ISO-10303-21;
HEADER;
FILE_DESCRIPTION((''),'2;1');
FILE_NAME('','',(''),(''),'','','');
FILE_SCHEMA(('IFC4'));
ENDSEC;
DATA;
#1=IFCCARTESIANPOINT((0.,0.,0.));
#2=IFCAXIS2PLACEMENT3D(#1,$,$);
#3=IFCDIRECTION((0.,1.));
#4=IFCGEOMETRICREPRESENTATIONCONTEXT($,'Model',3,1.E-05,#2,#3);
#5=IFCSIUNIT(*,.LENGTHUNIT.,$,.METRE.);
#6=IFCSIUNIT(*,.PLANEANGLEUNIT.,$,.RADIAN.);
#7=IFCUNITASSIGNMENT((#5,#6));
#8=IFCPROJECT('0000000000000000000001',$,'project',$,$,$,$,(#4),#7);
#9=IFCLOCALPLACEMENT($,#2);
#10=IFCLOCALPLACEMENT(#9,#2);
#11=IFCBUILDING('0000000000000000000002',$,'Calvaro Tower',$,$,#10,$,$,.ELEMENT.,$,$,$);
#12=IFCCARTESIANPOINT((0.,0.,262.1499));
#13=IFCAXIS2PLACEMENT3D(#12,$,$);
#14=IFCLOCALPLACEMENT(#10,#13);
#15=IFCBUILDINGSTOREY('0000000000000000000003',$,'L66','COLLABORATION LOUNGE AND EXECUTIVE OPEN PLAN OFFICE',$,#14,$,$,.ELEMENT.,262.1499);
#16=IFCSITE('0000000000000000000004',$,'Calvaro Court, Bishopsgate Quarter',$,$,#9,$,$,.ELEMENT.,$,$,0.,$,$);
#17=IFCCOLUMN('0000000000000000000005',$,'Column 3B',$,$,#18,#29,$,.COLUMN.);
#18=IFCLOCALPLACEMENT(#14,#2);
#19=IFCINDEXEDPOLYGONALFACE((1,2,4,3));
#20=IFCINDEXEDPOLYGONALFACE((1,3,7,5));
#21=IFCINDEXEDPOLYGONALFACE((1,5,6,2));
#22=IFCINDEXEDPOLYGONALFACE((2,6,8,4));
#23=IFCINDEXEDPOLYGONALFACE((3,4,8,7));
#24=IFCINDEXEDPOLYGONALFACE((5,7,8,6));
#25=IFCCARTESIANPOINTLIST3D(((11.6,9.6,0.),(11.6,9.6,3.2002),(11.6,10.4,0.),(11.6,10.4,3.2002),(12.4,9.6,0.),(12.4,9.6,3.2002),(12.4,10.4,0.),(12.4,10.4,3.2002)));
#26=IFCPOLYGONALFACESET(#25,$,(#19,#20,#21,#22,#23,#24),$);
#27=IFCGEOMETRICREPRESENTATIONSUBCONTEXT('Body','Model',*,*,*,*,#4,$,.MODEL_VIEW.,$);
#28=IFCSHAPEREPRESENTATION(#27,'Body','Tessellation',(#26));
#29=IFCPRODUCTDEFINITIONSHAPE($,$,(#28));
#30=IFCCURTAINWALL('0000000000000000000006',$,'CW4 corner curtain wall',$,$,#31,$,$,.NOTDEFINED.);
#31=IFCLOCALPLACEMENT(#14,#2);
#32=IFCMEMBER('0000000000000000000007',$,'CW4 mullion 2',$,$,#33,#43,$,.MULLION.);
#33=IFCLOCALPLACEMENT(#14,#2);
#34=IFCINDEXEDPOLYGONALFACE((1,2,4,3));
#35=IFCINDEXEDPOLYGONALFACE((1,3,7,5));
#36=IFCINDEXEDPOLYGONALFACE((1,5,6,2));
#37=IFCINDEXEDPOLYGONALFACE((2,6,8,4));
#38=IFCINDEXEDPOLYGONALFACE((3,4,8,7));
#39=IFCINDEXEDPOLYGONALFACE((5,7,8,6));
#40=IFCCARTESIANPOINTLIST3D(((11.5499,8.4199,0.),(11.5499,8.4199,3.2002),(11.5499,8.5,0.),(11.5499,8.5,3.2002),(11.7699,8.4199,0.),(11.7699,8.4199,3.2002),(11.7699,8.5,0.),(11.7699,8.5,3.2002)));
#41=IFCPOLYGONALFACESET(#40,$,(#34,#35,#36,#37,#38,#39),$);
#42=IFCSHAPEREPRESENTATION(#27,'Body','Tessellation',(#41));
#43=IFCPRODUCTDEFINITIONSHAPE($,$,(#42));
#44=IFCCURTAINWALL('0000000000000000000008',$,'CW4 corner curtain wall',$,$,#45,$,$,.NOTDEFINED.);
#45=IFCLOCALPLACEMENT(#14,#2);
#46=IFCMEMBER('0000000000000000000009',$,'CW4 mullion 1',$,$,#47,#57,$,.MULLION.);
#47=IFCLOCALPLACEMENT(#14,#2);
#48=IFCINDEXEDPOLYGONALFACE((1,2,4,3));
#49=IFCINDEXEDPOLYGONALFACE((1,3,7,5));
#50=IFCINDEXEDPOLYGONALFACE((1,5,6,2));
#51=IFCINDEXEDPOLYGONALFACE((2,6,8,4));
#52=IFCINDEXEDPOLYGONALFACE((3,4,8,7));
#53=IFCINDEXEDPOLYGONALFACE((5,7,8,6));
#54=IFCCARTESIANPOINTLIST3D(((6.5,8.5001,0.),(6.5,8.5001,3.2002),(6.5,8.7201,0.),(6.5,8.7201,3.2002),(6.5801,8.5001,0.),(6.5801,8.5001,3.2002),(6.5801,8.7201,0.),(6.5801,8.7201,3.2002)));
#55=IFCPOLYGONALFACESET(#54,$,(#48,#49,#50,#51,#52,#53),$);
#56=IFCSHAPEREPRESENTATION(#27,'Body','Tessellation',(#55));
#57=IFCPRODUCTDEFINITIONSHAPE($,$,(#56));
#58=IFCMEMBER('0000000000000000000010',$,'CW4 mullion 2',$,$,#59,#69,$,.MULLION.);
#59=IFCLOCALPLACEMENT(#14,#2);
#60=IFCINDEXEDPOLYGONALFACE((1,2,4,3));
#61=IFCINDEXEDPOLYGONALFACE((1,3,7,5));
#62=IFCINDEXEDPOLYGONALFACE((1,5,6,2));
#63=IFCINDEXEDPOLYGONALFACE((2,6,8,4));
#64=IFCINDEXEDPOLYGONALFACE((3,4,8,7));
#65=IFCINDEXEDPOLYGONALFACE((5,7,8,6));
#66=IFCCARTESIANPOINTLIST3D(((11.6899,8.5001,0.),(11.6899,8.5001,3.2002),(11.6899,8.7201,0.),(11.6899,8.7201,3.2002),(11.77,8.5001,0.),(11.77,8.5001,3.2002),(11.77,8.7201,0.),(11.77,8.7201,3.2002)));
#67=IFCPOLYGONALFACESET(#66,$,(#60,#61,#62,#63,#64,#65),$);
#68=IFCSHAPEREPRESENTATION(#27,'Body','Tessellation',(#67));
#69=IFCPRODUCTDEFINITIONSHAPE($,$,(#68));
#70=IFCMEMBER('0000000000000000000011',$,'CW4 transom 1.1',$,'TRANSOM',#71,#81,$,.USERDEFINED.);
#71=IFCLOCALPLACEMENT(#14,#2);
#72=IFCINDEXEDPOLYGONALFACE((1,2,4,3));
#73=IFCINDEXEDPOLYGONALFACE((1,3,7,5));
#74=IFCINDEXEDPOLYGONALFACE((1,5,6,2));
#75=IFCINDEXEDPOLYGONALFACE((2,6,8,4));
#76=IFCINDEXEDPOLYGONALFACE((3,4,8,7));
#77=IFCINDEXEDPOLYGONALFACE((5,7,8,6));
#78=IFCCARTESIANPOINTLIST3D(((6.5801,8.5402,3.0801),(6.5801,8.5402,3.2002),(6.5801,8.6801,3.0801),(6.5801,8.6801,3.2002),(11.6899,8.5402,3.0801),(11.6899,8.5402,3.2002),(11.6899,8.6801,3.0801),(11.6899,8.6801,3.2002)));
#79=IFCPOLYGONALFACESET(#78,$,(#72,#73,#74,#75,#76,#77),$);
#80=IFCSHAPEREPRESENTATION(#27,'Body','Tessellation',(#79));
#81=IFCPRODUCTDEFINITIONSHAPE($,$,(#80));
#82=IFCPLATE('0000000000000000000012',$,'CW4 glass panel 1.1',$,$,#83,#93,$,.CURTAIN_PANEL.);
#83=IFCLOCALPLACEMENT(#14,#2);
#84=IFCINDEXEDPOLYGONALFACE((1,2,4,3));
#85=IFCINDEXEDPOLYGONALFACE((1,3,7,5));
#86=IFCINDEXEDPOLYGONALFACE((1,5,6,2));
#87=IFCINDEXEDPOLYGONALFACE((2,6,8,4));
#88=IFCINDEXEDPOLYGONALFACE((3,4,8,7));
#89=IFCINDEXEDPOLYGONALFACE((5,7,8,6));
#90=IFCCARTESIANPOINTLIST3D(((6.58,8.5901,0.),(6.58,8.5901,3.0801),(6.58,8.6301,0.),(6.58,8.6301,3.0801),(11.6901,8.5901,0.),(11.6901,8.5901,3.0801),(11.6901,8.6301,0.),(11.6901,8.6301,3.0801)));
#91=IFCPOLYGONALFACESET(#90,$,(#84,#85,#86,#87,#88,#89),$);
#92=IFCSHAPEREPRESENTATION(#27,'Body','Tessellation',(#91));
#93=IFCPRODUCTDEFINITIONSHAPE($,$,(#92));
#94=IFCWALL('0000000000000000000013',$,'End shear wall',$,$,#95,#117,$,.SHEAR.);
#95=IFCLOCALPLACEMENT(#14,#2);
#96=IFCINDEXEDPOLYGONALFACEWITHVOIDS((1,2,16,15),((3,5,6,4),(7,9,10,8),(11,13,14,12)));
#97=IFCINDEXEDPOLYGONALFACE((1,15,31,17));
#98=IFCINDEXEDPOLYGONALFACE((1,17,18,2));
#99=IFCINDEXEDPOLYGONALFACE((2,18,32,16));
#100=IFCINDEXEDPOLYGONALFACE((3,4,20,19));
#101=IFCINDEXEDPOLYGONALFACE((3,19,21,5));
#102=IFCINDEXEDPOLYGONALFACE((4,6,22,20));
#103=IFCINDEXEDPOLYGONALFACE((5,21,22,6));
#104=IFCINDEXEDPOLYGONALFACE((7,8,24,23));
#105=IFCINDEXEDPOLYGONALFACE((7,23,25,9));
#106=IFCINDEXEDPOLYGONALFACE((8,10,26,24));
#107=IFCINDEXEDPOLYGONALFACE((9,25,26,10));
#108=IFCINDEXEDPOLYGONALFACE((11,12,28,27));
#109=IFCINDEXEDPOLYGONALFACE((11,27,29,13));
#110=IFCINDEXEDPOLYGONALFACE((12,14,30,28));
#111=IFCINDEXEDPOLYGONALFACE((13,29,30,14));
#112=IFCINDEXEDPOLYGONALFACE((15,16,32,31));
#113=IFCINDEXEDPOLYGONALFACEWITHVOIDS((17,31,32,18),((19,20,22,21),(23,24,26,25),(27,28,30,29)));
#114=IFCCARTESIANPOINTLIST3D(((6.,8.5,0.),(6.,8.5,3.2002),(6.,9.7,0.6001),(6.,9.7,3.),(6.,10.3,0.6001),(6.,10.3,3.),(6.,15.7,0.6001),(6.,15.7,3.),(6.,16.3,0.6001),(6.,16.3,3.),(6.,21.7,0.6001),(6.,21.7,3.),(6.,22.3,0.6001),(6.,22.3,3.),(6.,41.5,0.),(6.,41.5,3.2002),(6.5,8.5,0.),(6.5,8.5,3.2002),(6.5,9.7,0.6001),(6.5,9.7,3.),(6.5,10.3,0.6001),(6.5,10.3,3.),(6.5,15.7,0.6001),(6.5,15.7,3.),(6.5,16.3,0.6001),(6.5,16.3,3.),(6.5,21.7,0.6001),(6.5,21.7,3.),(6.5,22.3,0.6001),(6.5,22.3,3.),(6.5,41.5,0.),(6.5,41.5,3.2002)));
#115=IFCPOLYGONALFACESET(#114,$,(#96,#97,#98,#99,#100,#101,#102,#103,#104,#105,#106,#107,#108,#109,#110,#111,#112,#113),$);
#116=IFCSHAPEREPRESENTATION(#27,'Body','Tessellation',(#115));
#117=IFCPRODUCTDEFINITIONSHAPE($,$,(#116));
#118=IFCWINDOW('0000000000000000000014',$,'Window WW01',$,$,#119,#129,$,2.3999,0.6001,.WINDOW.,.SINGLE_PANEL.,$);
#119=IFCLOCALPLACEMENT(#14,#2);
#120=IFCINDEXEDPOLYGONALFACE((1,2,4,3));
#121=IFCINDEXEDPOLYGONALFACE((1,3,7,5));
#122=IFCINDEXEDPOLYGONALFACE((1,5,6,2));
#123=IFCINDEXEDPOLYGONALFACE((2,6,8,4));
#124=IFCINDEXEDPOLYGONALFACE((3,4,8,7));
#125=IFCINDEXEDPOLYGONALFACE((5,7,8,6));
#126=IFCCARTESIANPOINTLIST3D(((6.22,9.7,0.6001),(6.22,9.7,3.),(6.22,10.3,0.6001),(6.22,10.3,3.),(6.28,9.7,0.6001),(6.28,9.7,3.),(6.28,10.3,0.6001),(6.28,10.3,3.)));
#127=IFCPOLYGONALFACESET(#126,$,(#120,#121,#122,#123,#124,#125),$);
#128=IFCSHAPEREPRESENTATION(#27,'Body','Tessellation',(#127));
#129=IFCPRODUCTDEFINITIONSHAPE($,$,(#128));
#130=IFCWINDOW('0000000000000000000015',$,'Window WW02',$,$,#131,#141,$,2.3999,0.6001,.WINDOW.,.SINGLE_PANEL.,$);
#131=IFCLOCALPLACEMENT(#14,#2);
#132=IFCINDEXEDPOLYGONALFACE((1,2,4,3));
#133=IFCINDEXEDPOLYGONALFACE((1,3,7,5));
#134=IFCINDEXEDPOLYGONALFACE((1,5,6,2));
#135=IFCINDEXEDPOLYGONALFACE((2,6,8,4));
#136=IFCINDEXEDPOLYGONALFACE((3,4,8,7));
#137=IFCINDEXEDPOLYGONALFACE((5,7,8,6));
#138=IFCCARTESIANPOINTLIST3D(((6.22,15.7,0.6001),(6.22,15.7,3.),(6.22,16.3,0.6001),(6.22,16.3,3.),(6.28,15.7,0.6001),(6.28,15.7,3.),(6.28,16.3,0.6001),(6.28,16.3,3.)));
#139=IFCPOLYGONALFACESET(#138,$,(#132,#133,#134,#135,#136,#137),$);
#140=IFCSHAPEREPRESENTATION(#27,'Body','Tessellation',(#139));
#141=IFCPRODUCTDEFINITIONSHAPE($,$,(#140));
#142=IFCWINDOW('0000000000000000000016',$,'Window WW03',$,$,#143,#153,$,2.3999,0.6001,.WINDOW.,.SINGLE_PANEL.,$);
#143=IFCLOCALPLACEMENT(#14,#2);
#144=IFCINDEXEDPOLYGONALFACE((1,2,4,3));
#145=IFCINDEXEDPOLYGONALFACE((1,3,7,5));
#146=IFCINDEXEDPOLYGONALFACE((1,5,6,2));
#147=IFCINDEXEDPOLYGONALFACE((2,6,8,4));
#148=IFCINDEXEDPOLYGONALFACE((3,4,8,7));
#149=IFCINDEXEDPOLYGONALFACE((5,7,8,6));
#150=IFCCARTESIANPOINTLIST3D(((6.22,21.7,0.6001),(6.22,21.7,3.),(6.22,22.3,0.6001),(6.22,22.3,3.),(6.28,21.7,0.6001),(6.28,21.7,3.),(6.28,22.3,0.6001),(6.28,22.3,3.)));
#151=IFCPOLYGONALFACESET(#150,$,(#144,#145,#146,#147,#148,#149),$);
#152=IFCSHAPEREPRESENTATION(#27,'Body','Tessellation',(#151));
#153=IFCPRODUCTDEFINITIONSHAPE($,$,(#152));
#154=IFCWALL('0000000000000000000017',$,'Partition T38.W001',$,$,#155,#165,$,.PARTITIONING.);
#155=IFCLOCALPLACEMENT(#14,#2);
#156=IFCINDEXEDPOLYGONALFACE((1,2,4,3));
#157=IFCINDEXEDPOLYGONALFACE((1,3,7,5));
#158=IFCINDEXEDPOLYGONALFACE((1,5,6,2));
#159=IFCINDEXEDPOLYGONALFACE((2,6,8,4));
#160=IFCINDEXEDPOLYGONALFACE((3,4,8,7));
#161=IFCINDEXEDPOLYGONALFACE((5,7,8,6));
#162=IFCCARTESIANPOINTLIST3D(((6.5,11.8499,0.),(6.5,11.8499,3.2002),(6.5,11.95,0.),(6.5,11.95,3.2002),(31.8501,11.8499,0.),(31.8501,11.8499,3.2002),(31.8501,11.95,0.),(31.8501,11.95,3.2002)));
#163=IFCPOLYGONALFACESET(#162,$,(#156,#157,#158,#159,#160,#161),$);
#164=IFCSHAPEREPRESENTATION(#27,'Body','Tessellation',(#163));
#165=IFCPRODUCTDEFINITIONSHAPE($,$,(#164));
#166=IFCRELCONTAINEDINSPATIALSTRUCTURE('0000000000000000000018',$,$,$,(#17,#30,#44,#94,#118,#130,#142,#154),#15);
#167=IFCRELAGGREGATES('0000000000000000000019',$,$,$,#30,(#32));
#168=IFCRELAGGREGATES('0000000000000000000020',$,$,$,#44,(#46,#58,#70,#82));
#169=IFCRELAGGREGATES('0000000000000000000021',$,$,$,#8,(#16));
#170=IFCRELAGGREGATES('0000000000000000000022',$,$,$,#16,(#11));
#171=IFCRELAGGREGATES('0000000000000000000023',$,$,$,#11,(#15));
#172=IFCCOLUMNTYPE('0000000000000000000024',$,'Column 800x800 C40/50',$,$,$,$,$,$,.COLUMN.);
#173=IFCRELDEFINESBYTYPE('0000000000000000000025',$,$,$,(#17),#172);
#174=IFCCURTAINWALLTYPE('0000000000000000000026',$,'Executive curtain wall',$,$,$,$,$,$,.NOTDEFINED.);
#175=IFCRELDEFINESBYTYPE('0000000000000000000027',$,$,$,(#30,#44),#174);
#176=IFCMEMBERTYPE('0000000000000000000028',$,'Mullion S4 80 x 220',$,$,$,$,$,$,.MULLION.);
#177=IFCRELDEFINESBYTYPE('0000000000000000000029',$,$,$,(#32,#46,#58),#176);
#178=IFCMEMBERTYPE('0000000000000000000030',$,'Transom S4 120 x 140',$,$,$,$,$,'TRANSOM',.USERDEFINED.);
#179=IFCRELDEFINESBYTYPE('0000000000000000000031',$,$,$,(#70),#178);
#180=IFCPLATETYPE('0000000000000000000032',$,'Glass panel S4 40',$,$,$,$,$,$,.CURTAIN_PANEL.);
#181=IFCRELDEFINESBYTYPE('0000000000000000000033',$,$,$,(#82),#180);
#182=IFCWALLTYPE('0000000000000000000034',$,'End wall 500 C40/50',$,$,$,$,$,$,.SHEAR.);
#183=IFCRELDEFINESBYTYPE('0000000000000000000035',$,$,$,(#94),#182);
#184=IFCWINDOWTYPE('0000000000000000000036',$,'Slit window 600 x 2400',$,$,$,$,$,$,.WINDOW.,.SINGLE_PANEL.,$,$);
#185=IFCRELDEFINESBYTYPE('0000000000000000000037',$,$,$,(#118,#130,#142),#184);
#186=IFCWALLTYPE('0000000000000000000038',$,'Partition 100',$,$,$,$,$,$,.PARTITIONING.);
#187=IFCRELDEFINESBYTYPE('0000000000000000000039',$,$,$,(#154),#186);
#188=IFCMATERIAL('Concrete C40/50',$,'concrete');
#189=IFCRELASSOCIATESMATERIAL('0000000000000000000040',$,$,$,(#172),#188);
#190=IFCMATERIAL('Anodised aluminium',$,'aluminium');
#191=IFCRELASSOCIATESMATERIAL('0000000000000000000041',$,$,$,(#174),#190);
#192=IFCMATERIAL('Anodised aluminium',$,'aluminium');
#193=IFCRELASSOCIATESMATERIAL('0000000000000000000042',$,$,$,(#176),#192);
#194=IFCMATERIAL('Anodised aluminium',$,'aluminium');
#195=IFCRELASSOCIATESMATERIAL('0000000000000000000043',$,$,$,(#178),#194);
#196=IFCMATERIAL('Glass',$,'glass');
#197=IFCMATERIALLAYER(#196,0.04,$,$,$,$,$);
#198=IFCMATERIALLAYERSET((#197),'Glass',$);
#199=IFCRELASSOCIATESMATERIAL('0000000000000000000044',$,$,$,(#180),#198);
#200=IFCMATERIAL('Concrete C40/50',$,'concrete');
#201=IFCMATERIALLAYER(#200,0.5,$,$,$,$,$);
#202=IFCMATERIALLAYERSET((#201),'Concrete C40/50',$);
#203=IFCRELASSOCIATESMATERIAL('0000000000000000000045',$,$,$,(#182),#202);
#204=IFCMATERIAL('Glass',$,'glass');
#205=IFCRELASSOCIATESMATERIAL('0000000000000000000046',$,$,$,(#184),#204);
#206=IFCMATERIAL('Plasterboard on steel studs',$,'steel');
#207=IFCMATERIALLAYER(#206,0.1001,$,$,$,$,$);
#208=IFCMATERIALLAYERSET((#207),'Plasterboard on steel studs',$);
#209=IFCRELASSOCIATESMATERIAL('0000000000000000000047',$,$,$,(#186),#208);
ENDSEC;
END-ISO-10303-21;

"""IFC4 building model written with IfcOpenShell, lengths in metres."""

from ifc_helpers import new_model, si_unit, direction, frame, frame_2d, origin, origin_2d, place, context, subcontext, project, spatial, rectangle, extrude, material, layer, layer_set, material_profile, profile_set, type_object, element, fill, aggregate, save


model = new_model("IFC4")

# Units and contexts
model_context = context("Model", 3, precision=1e-05, world=origin(), true_north=direction((0.0, 1.0)))
body_context = subcontext(model_context, "Body", "Model", "MODEL_VIEW")
ifc_project = project(units=[si_unit("LENGTHUNIT", "METRE"), si_unit("PLANEANGLEUNIT", "RADIAN")], contexts=[model_context])

# Site, building, storey
site_placement = place(None, origin())
site = spatial("IfcSite", under=ifc_project, at=site_placement, Name="Calvaro Court, Bishopsgate Quarter", CompositionType="ELEMENT", RefElevation=0.0)
building_placement = place(site_placement, origin())
building = spatial("IfcBuilding", under=site, at=building_placement, Name="Calvaro Tower", CompositionType="ELEMENT")
storey_placement = place(building_placement, frame((0.0, 0.0, 262.1499)))
storey = spatial("IfcBuildingStorey", under=building, at=storey_placement, Name="L66", Description="COLLABORATION LOUNGE AND EXECUTIVE OPEN PLAN OFFICE", CompositionType="ELEMENT", Elevation=262.1499)

# Column
ifc_material_1 = material(Name="Concrete C40/50", Category="concrete")
ifc_material_profile_1 = material_profile(ifc_material_1, rectangle(XDim=0.8, YDim=0.8, at=origin_2d()), Name="RC 800x800")
ifc_profile_set_1 = profile_set([ifc_material_profile_1], Name="Concrete C40/50")
column_type = type_object("IfcColumnType", Name="Column 800x800 C40/50", PredefinedType="COLUMN", material=ifc_profile_set_1)
column_placement = place(storey_placement, frame((12.0, 10.0, 0.0), z_axis=(0.0, 0.0, 1.0), x_axis=(1.0, 0.0, 0.0)))
element("IfcColumn", 1, at=column_placement, inside=storey, type_object=column_type, Name="Column 3B", PredefinedType="COLUMN", context=body_context, shape_type="SweptSolid", body=[
    extrude(rectangle(XDim=0.8, YDim=0.8, at=origin_2d()), origin(), (0.0, 0.0, 1.0), 3.2002),
])

# Curtain wall, member
ifc_material_2 = material(Name="Anodised aluminium", Category="aluminium")
curtain_wall_type = type_object("IfcCurtainWallType", Name="Executive curtain wall", PredefinedType="NOTDEFINED", material=ifc_material_2)
curtain_wall_1_placement = place(storey_placement, origin())
curtain_wall_1 = element("IfcCurtainWall", 2, at=curtain_wall_1_placement, inside=storey, type_object=curtain_wall_type, Name="CW4 corner curtain wall", PredefinedType="NOTDEFINED")
ifc_material_3 = material(Name="Anodised aluminium", Category="aluminium")
ifc_material_profile_2 = material_profile(ifc_material_3, rectangle(XDim=0.22, YDim=0.0801, at=origin_2d()), Name="Mullion S4 80 x 220")
ifc_profile_set_2 = profile_set([ifc_material_profile_2], Name="Anodised aluminium")
member_type_1 = type_object("IfcMemberType", Name="Mullion S4 80 x 220", PredefinedType="MULLION", material=ifc_profile_set_2)
member_1_placement = place(storey_placement, frame((11.6599, 8.46, 0.0), z_axis=(0.0, 0.0, 1.0), x_axis=(-1.0, 0.0, 0.0)))
member_1 = element("IfcMember", 3, at=member_1_placement, type_object=member_type_1, Name="CW4 mullion 2", PredefinedType="MULLION", context=body_context, shape_type="SweptSolid", body=[
    extrude(rectangle(XDim=0.22, YDim=0.0801, at=origin_2d()), origin(), (0.0, 0.0, 1.0), 3.2002),
])
aggregate(curtain_wall_1, [member_1])

# Curtain wall, members, plate
curtain_wall_2_placement = place(storey_placement, origin())
curtain_wall_2 = element("IfcCurtainWall", 4, at=curtain_wall_2_placement, inside=storey, type_object=curtain_wall_type, Name="CW4 corner curtain wall", PredefinedType="NOTDEFINED")
member_2_placement = place(storey_placement, frame((6.54, 8.6101, 0.0), z_axis=(0.0, 0.0, 1.0), x_axis=(0.0, 1.0, 0.0)))
member_2 = element("IfcMember", 5, at=member_2_placement, type_object=member_type_1, Name="CW4 mullion 1", PredefinedType="MULLION", context=body_context, shape_type="SweptSolid", body=[
    extrude(rectangle(XDim=0.22, YDim=0.0801, at=origin_2d()), origin(), (0.0, 0.0, 1.0), 3.2002),
])
member_3_placement = place(storey_placement, frame((11.73, 8.6101, 0.0), z_axis=(0.0, 0.0, 1.0), x_axis=(0.0, 1.0, 0.0)))
member_3 = element("IfcMember", 6, at=member_3_placement, type_object=member_type_1, Name="CW4 mullion 2", PredefinedType="MULLION", context=body_context, shape_type="SweptSolid", body=[
    extrude(rectangle(XDim=0.22, YDim=0.0801, at=origin_2d()), origin(), (0.0, 0.0, 1.0), 3.2002),
])
ifc_material_4 = material(Name="Anodised aluminium", Category="aluminium")
ifc_material_profile_3 = material_profile(ifc_material_4, rectangle(XDim=0.1399, YDim=0.1201, at=origin_2d()), Name="Transom S4 120 x 140")
ifc_profile_set_3 = profile_set([ifc_material_profile_3], Name="Anodised aluminium")
member_type_2 = type_object("IfcMemberType", Name="Transom S4 120 x 140", ElementType="TRANSOM", PredefinedType="USERDEFINED", material=ifc_profile_set_3)
member_4_placement = place(storey_placement, frame((6.5801, 8.6101, 3.1401), z_axis=(1.0, 0.0, 0.0), x_axis=(0.0, 1.0, 0.0)))
member_4 = element("IfcMember", 7, at=member_4_placement, type_object=member_type_2, Name="CW4 transom 1.1", ObjectType="TRANSOM", PredefinedType="USERDEFINED", context=body_context, shape_type="SweptSolid", body=[
    extrude(rectangle(XDim=0.1399, YDim=0.1201, at=origin_2d()), origin(), (0.0, 0.0, 1.0), 5.1099),
])
ifc_material_5 = material(Name="Glass", Category="glass")
ifc_layer_1 = layer(ifc_material_5, 0.04)
ifc_layer_set_1 = layer_set([ifc_layer_1], Name="Glass")
plate_type = type_object("IfcPlateType", Name="Glass panel S4 40", PredefinedType="CURTAIN_PANEL", material=ifc_layer_set_1)
plate_placement = place(storey_placement, frame((9.135, 8.6101, 0.0), z_axis=(0.0, 0.0, 1.0), x_axis=(1.0, 0.0, 0.0)))
plate = element("IfcPlate", 8, at=plate_placement, type_object=plate_type, Name="CW4 glass panel 1.1", PredefinedType="CURTAIN_PANEL", context=body_context, shape_type="SweptSolid", body=[
    extrude(rectangle(XDim=5.1101, YDim=0.04, at=origin_2d()), origin(), (0.0, 0.0, 1.0), 3.0801),
])
aggregate(curtain_wall_2, [member_2, member_3, member_4, plate])

# Wall, openings, windows
ifc_material_6 = material(Name="Concrete C40/50", Category="concrete")
ifc_layer_2 = layer(ifc_material_6, 0.5)
ifc_layer_set_2 = layer_set([ifc_layer_2], Name="Concrete C40/50")
wall_type_1 = type_object("IfcWallType", Name="End wall 500 C40/50", PredefinedType="SHEAR", material=ifc_layer_set_2)
wall_1_placement = place(storey_placement, frame((6.25, 8.5, 0.0), z_axis=(0.0, 0.0, 1.0), x_axis=(0.0, 1.0, 0.0)))
wall_1 = element("IfcWall", 9, at=wall_1_placement, inside=storey, type_object=wall_type_1, Name="End shear wall", PredefinedType="SHEAR", context=body_context, shape_type="SweptSolid", body=[
    extrude(rectangle(XDim=33.0, YDim=0.5, at=frame_2d((16.5, 0.0))), origin(), (0.0, 0.0, 1.0), 3.2002),
])
opening_1_placement = place(wall_1_placement, frame((1.2, 0.0, 0.6001)))
opening_1 = element("IfcOpeningElement", 10, at=opening_1_placement, cuts=wall_1, PredefinedType="OPENING", context=body_context, shape_type="SweptSolid", body=[
    extrude(rectangle(XDim=0.6001, YDim=2.3999, at=frame_2d((0.3, 1.2))), frame((0.0, 0.26, 0.0), z_axis=(0.0, -1.0, 0.0), x_axis=(1.0, 0.0, 0.0)), (0.0, 0.0, 1.0), 0.52),
])
opening_2_placement = place(wall_1_placement, frame((7.2, 0.0, 0.6001)))
opening_2 = element("IfcOpeningElement", 11, at=opening_2_placement, cuts=wall_1, PredefinedType="OPENING", context=body_context, shape_type="SweptSolid", body=[
    extrude(rectangle(XDim=0.6001, YDim=2.3999, at=frame_2d((0.3, 1.2))), frame((0.0, 0.26, 0.0), z_axis=(0.0, -1.0, 0.0), x_axis=(1.0, 0.0, 0.0)), (0.0, 0.0, 1.0), 0.52),
])
opening_3_placement = place(wall_1_placement, frame((13.2, 0.0, 0.6001)))
opening_3 = element("IfcOpeningElement", 12, at=opening_3_placement, cuts=wall_1, PredefinedType="OPENING", context=body_context, shape_type="SweptSolid", body=[
    extrude(rectangle(XDim=0.6001, YDim=2.3999, at=frame_2d((0.3, 1.2))), frame((0.0, 0.26, 0.0), z_axis=(0.0, -1.0, 0.0), x_axis=(1.0, 0.0, 0.0)), (0.0, 0.0, 1.0), 0.52),
])
ifc_material_7 = material(Name="Glass", Category="glass")
window_type = type_object("IfcWindowType", Name="Slit window 600 x 2400", PartitioningType="SINGLE_PANEL", PredefinedType="WINDOW", material=ifc_material_7)
window_1_placement = place(opening_1_placement, origin())
window_1 = element("IfcWindow", 13, at=window_1_placement, inside=storey, type_object=window_type, Name="Window WW01", OverallHeight=2.3999, OverallWidth=0.6001, PartitioningType="SINGLE_PANEL", PredefinedType="WINDOW", context=body_context, shape_type="SweptSolid", body=[
    extrude(rectangle(XDim=0.6001, YDim=2.3999, at=frame_2d((0.3, 1.2))), frame((0.0, 0.03, 0.0), z_axis=(0.0, -1.0, 0.0), x_axis=(1.0, 0.0, 0.0)), (0.0, 0.0, 1.0), 0.0601),
])
fill(opening_1, window_1)
window_2_placement = place(opening_2_placement, origin())
window_2 = element("IfcWindow", 14, at=window_2_placement, inside=storey, type_object=window_type, Name="Window WW02", OverallHeight=2.3999, OverallWidth=0.6001, PartitioningType="SINGLE_PANEL", PredefinedType="WINDOW", context=body_context, shape_type="SweptSolid", body=[
    extrude(rectangle(XDim=0.6001, YDim=2.3999, at=frame_2d((0.3, 1.2))), frame((0.0, 0.03, 0.0), z_axis=(0.0, -1.0, 0.0), x_axis=(1.0, 0.0, 0.0)), (0.0, 0.0, 1.0), 0.0601),
])
fill(opening_2, window_2)
window_3_placement = place(opening_3_placement, origin())
window_3 = element("IfcWindow", 15, at=window_3_placement, inside=storey, type_object=window_type, Name="Window WW03", OverallHeight=2.3999, OverallWidth=0.6001, PartitioningType="SINGLE_PANEL", PredefinedType="WINDOW", context=body_context, shape_type="SweptSolid", body=[
    extrude(rectangle(XDim=0.6001, YDim=2.3999, at=frame_2d((0.3, 1.2))), frame((0.0, 0.03, 0.0), z_axis=(0.0, -1.0, 0.0), x_axis=(1.0, 0.0, 0.0)), (0.0, 0.0, 1.0), 0.0601),
])
fill(opening_3, window_3)

# Wall
ifc_material_8 = material(Name="Plasterboard on steel studs", Category="steel")
ifc_layer_3 = layer(ifc_material_8, 0.1001)
ifc_layer_set_3 = layer_set([ifc_layer_3], Name="Plasterboard on steel studs")
wall_type_2 = type_object("IfcWallType", Name="Partition 100", PredefinedType="PARTITIONING", material=ifc_layer_set_3)
wall_2_placement = place(storey_placement, frame((6.5, 11.8999, 0.0), z_axis=(0.0, 0.0, 1.0), x_axis=(1.0, 0.0, 0.0)))
element("IfcWall", 16, at=wall_2_placement, inside=storey, type_object=wall_type_2, Name="Partition T38.W001", PredefinedType="PARTITIONING", context=body_context, shape_type="SweptSolid", body=[
    extrude(rectangle(XDim=25.3501, YDim=0.1001, at=frame_2d((12.675, 0.0))), origin(), (0.0, 0.0, 1.0), 3.2002),
])

save(model, "model.ifc")
